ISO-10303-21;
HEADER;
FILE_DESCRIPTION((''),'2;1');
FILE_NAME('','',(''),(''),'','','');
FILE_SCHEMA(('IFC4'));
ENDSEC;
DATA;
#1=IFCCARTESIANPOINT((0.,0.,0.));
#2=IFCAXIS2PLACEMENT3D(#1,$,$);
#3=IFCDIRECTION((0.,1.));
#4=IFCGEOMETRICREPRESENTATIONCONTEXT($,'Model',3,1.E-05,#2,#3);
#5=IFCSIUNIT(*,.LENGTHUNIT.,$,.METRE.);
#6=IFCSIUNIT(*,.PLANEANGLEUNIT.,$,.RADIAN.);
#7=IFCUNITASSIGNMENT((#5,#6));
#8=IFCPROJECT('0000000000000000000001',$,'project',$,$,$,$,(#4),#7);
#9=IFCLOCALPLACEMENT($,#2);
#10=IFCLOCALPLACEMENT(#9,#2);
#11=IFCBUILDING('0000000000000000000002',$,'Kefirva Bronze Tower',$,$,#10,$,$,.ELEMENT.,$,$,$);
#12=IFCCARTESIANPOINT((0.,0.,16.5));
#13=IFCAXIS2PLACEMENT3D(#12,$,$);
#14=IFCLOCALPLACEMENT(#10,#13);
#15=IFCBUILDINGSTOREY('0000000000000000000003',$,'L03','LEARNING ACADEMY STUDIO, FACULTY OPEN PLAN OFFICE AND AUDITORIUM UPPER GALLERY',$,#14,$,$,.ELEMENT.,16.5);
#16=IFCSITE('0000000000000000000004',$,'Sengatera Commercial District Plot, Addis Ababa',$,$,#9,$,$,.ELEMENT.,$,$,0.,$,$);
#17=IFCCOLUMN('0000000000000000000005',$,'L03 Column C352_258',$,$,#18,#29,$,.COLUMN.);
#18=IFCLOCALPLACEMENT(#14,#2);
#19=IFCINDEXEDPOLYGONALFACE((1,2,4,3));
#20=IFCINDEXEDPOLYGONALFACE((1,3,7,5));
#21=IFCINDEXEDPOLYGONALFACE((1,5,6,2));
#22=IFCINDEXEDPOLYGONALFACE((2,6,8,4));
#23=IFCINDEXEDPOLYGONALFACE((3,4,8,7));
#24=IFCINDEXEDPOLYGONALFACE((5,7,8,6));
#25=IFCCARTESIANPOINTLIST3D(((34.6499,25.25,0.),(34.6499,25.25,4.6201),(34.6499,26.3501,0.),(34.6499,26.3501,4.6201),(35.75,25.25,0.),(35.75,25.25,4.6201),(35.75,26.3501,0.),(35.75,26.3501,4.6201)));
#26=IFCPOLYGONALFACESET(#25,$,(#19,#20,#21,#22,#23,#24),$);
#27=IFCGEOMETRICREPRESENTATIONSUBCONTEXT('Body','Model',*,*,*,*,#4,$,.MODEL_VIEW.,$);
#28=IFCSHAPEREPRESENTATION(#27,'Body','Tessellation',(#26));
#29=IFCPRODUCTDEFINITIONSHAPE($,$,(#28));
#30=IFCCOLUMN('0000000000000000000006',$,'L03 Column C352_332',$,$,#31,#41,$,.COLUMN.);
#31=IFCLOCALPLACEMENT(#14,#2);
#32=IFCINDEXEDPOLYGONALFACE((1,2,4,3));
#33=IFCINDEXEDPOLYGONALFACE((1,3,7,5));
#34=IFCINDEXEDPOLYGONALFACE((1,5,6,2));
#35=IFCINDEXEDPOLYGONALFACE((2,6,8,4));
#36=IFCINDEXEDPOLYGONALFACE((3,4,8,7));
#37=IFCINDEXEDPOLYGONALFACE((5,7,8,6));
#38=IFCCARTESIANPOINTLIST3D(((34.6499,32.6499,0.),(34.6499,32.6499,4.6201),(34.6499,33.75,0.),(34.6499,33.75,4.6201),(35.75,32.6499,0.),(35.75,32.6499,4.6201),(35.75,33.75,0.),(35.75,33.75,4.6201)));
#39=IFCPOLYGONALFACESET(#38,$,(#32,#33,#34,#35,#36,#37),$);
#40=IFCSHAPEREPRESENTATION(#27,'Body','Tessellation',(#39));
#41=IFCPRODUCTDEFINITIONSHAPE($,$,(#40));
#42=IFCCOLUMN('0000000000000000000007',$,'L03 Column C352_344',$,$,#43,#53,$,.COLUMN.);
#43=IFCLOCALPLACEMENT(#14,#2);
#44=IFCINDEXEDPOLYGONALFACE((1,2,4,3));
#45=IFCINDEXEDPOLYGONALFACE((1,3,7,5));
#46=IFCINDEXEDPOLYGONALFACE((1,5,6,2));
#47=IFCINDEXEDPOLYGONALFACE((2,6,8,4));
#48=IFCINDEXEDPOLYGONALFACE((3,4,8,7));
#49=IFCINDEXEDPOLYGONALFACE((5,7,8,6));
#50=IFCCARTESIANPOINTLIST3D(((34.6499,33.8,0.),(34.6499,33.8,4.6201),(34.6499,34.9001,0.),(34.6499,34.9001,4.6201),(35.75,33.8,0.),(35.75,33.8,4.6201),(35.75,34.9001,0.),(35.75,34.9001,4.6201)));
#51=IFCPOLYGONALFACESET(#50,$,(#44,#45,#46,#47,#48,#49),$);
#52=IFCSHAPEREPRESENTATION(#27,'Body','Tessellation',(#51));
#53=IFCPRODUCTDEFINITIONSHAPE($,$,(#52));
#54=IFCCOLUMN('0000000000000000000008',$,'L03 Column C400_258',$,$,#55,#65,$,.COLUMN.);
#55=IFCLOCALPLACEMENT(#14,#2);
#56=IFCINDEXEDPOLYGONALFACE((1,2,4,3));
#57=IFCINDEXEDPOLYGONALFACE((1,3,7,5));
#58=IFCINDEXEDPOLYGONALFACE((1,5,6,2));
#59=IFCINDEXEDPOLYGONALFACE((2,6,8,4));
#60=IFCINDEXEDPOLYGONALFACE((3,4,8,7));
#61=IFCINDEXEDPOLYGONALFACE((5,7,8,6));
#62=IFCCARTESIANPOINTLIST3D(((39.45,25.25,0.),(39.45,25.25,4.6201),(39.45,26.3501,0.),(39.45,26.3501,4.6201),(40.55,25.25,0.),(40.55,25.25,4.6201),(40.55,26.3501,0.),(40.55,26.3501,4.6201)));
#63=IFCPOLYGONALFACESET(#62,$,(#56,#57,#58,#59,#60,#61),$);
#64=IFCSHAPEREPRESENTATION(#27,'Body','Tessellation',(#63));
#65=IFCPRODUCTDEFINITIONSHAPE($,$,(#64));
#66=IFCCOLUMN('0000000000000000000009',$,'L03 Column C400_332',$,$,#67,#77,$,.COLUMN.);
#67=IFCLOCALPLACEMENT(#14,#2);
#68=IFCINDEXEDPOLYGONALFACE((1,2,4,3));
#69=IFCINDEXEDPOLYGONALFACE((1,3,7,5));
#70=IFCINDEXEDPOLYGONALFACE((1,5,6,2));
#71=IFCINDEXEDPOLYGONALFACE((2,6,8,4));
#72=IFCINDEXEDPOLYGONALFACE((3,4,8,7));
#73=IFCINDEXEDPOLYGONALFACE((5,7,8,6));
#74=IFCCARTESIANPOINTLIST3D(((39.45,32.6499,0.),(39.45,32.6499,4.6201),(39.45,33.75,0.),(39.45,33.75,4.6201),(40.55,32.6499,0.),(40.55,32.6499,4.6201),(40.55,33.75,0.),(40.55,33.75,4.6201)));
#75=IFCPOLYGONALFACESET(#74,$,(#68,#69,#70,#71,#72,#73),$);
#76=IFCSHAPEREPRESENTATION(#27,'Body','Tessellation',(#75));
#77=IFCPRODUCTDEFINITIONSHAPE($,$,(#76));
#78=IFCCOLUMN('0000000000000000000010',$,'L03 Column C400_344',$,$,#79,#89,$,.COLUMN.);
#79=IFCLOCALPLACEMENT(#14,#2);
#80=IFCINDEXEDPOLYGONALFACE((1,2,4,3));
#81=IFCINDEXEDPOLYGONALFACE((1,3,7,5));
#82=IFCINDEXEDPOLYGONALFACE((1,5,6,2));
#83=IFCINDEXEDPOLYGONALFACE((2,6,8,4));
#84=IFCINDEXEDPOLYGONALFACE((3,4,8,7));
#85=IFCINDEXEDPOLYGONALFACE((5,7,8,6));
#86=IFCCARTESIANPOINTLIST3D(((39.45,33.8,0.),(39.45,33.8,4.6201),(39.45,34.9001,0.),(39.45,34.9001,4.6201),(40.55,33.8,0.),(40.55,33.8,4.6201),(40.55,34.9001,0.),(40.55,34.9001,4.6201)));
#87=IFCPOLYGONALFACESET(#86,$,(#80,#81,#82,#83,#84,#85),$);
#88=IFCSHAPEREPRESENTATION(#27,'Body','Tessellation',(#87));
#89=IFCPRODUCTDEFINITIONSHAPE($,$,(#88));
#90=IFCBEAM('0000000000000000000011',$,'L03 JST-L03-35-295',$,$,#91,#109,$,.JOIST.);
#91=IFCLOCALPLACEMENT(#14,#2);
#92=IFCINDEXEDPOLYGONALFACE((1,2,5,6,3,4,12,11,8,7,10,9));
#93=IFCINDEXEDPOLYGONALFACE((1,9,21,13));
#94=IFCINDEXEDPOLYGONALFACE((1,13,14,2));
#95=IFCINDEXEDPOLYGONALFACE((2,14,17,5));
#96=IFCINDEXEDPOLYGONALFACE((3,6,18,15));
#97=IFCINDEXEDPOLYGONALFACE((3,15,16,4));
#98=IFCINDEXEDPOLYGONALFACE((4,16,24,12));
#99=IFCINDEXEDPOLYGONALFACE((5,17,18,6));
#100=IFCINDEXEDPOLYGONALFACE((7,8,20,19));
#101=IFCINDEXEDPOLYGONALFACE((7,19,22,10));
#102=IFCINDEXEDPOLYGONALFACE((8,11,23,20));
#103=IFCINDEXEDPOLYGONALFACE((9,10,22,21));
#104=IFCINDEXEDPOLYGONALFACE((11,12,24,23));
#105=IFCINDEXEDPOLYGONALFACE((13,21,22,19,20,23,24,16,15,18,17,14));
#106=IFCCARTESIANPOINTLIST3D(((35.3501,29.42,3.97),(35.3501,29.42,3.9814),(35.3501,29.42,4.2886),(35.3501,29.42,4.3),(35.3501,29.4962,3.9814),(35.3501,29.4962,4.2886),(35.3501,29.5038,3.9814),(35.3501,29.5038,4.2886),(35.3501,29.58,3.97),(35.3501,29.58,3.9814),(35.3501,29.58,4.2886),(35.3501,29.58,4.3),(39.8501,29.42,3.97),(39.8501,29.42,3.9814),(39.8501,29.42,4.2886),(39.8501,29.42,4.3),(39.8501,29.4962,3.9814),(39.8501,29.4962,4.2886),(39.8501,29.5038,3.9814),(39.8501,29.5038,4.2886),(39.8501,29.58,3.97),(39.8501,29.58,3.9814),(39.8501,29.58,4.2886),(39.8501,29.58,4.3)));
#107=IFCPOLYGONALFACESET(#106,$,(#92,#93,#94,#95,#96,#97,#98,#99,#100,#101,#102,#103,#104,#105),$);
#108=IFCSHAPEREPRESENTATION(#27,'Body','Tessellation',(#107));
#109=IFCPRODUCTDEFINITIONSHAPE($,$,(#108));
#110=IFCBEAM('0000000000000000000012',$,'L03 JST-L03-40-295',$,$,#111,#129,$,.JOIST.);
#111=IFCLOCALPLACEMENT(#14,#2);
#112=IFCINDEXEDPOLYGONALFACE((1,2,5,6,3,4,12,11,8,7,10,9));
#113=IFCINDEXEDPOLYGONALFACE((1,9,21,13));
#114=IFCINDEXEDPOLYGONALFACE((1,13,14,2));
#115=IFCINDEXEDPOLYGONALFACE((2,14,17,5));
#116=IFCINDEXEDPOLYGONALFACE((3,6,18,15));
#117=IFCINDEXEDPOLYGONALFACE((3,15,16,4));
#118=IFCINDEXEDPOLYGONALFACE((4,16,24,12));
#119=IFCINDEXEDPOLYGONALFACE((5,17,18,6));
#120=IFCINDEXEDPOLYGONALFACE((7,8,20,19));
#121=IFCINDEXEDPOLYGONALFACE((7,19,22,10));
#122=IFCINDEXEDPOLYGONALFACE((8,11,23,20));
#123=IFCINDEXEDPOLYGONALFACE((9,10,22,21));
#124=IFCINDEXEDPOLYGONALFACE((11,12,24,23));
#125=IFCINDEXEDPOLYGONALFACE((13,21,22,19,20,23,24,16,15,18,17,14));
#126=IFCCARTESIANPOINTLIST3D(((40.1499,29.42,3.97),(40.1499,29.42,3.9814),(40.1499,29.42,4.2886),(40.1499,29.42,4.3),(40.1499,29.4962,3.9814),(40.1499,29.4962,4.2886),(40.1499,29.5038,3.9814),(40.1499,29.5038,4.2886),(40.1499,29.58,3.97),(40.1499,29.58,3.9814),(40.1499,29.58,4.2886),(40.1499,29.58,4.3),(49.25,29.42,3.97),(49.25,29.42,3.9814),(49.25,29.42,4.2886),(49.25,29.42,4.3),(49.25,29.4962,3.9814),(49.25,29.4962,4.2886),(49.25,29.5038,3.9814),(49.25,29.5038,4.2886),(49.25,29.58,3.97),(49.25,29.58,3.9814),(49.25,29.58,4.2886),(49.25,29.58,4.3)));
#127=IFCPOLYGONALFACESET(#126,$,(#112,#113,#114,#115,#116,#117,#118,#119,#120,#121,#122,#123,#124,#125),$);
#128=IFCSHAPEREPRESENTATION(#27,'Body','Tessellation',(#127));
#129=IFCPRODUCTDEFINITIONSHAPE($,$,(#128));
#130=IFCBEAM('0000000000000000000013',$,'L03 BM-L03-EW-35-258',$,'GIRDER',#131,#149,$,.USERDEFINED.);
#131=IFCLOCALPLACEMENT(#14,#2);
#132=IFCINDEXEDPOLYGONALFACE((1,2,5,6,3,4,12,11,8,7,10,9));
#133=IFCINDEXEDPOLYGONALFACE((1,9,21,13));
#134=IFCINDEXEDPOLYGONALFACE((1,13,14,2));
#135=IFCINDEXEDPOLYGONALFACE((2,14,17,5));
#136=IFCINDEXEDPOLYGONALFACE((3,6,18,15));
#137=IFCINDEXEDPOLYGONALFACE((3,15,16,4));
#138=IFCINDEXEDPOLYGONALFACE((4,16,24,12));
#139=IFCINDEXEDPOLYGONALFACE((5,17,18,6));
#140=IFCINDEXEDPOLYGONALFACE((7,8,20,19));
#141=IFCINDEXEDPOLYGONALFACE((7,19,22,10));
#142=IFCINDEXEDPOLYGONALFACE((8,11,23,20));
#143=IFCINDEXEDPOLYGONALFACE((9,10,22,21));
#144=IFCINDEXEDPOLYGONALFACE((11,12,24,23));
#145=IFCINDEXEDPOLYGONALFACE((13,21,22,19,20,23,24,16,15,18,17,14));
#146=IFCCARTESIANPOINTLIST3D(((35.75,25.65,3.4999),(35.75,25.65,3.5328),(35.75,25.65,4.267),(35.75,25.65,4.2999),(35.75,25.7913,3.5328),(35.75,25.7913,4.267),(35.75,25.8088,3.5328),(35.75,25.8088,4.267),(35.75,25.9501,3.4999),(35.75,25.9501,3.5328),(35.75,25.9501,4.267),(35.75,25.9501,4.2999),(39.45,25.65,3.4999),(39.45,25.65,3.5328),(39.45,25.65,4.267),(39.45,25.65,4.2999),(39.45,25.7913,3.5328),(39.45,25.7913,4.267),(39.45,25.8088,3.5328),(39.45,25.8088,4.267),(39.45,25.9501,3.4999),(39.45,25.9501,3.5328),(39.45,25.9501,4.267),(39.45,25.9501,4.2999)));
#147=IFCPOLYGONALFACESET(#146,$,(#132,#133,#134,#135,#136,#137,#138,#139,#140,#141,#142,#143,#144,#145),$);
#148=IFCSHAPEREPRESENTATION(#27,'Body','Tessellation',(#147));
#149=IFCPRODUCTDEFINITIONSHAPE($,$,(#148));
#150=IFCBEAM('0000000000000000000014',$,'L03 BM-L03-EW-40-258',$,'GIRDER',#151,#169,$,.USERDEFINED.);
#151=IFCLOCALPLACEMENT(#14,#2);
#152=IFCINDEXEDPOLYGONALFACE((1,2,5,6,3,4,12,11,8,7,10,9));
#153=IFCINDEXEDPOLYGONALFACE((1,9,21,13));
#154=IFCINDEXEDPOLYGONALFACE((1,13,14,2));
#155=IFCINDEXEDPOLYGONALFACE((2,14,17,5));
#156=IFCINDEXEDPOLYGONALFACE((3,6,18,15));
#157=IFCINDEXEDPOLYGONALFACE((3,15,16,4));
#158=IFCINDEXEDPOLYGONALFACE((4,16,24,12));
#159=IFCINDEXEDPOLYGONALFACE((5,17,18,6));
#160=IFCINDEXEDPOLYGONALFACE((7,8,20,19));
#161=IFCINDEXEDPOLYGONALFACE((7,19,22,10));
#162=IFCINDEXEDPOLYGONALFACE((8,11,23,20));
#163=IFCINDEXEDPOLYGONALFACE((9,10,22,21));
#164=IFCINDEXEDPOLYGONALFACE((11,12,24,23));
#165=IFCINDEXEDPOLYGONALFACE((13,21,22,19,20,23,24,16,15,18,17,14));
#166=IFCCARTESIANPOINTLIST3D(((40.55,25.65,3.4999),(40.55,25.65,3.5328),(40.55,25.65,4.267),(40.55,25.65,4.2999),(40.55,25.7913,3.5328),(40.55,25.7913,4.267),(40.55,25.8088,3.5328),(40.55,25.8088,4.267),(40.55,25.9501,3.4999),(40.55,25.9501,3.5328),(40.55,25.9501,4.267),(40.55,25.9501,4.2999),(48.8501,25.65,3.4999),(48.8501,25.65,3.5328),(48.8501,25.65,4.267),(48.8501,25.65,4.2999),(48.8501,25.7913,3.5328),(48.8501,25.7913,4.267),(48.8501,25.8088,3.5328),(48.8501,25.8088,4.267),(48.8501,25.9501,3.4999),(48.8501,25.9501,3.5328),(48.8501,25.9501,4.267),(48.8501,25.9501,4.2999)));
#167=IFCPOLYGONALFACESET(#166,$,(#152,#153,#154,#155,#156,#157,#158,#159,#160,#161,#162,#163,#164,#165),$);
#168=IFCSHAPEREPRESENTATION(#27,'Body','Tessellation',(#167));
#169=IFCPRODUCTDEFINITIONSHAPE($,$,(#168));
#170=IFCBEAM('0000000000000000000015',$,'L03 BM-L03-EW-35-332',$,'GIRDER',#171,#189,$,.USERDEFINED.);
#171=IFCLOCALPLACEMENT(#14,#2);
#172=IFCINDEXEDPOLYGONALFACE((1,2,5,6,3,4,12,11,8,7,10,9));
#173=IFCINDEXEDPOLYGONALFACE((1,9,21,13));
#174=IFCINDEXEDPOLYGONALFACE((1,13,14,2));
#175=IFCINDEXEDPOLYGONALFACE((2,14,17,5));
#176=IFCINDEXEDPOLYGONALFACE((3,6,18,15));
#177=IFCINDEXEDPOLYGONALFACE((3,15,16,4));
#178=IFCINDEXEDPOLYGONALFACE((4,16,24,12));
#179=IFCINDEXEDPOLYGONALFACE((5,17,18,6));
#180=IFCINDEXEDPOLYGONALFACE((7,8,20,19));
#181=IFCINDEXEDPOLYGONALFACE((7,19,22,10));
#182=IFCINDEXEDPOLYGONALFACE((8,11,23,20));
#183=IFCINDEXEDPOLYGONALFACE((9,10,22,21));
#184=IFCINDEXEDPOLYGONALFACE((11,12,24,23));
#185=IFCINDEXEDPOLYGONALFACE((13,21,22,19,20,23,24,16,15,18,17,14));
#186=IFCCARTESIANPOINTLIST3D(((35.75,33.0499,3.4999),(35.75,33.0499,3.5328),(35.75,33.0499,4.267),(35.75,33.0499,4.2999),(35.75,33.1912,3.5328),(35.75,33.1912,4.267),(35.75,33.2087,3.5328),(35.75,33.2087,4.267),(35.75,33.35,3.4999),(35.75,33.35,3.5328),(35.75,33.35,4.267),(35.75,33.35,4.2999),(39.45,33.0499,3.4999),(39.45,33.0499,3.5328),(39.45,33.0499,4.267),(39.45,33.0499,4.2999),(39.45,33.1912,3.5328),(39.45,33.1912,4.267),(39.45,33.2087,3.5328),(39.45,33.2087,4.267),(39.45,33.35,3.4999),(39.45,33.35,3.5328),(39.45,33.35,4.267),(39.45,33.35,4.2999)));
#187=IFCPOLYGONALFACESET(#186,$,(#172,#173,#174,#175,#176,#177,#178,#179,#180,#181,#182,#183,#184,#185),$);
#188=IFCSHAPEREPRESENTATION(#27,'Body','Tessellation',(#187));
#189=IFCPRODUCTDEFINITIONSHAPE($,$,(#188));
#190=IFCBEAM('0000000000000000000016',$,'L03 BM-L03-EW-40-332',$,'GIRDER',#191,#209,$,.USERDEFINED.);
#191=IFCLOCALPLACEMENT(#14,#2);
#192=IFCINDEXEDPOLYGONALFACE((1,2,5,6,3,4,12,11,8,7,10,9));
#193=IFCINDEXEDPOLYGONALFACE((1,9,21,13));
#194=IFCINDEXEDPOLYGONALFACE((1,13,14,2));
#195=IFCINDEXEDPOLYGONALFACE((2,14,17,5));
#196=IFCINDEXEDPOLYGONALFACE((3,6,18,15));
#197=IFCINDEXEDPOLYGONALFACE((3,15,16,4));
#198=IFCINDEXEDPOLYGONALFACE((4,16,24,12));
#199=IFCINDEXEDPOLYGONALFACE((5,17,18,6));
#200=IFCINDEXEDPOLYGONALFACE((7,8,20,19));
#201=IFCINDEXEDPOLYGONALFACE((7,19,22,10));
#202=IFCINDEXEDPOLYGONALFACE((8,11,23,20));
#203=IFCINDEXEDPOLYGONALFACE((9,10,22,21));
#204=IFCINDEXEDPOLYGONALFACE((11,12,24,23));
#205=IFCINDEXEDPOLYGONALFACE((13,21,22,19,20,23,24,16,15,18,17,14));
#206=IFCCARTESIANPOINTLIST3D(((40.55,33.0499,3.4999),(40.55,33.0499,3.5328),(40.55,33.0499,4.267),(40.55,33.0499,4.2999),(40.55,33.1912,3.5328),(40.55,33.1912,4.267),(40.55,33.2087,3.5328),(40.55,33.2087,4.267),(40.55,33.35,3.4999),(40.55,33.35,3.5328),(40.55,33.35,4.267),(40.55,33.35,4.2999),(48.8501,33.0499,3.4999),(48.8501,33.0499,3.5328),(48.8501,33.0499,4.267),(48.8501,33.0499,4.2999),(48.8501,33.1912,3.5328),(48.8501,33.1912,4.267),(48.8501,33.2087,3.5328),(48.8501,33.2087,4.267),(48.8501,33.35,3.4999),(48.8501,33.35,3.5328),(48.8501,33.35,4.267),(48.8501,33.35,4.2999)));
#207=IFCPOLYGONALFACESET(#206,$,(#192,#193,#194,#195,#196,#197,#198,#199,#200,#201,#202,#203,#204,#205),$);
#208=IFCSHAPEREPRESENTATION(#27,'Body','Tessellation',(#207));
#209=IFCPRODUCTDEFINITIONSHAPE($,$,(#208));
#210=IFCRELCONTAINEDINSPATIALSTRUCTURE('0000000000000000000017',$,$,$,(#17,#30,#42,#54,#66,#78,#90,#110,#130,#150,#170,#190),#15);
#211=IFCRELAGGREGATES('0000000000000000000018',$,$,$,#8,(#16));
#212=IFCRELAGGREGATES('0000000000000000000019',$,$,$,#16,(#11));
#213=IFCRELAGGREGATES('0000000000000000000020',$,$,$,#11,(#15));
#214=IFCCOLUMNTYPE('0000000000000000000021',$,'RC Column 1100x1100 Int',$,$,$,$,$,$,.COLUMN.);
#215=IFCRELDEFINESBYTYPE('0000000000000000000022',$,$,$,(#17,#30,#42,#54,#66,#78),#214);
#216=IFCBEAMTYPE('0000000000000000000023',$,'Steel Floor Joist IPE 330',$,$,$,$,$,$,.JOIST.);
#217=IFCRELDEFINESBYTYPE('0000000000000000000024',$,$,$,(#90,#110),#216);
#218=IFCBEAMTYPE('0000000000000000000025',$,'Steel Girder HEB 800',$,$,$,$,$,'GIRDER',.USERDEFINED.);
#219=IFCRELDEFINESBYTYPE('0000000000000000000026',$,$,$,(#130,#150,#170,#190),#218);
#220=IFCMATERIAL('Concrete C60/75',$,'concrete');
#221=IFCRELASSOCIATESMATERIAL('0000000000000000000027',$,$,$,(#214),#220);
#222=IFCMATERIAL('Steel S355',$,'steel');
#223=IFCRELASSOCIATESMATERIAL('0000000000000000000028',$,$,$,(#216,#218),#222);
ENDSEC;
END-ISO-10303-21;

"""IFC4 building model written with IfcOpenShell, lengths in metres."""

from ifc_helpers import new_model, si_unit, direction, frame, origin, origin_2d, place, context, subcontext, project, spatial, rectangle, i_section, extrude, material, material_profile, profile_set, type_object, element, save


model = new_model("IFC4")

# Units and contexts
model_context = context("Model", 3, precision=1e-05, world=origin(), true_north=direction((0.0, 1.0)))
body_context = subcontext(model_context, "Body", "Model", "MODEL_VIEW")
ifc_project = project(units=[si_unit("LENGTHUNIT", "METRE"), si_unit("PLANEANGLEUNIT", "RADIAN")], contexts=[model_context])

# Site, building, storey
site_placement = place(None, origin())
site = spatial("IfcSite", under=ifc_project, at=site_placement, Name="Sengatera Commercial District Plot, Addis Ababa", CompositionType="ELEMENT", RefElevation=0.0)
building_placement = place(site_placement, origin())
building = spatial("IfcBuilding", under=site, at=building_placement, Name="Kefirva Bronze Tower", CompositionType="ELEMENT")
storey_placement = place(building_placement, frame((0.0, 0.0, 16.5)))
storey = spatial("IfcBuildingStorey", under=building, at=storey_placement, Name="L03", Description="LEARNING ACADEMY STUDIO, FACULTY OPEN PLAN OFFICE AND AUDITORIUM UPPER GALLERY", CompositionType="ELEMENT", Elevation=16.5)

# Columns
ifc_material_1 = material(Name="Concrete C60/75", Category="concrete")
ifc_material_profile_1 = material_profile(ifc_material_1, rectangle(XDim=1.1001, YDim=1.1001, at=origin_2d()), Name="RC 1100x1100")
ifc_profile_set_1 = profile_set([ifc_material_profile_1], Name="Concrete C60/75")
column_type = type_object("IfcColumnType", Name="RC Column 1100x1100 Int", PredefinedType="COLUMN", material=ifc_profile_set_1)
for number, where, z_axis, x_axis, name in (
    (1, (35.2, 25.8, 0.0), (0.0, 0.0, 1.0), (1.0, 0.0, 0.0), "L03 Column C352_258"),
    (2, (35.2, 33.2, 0.0), (0.0, 0.0, 1.0), (1.0, 0.0, 0.0), "L03 Column C352_332"),
    (3, (35.2, 34.3501, 0.0), (0.0, 0.0, 1.0), (1.0, 0.0, 0.0), "L03 Column C352_344"),
    (4, (40.0, 25.8, 0.0), (0.0, 0.0, 1.0), (1.0, 0.0, 0.0), "L03 Column C400_258"),
    (5, (40.0, 33.2, 0.0), (0.0, 0.0, 1.0), (1.0, 0.0, 0.0), "L03 Column C400_332"),
    (6, (40.0, 34.3501, 0.0), (0.0, 0.0, 1.0), (1.0, 0.0, 0.0), "L03 Column C400_344"),
):
    element("IfcColumn", number, at=place(storey_placement, frame(where, z_axis=z_axis, x_axis=x_axis)), inside=storey, type_object=column_type, Name=name, PredefinedType="COLUMN", context=body_context, shape_type="SweptSolid", body=[
        extrude(rectangle(XDim=1.1001, YDim=1.1001, at=origin_2d()), origin(), (0.0, 0.0, 1.0), 4.6201),
    ])

# Beams
ifc_material_2 = material(Name="Steel S355", Category="steel")
ifc_material_profile_2 = material_profile(ifc_material_2, i_section(OverallWidth=0.1599, OverallDepth=0.3301, WebThickness=0.0076, FlangeThickness=0.0115, at=origin_2d()), Name="IPE 330")
ifc_profile_set_2 = profile_set([ifc_material_profile_2], Name="Steel S355")
beam_type_1 = type_object("IfcBeamType", Name="Steel Floor Joist IPE 330", PredefinedType="JOIST", material=ifc_profile_set_2)
beam_1_placement = place(storey_placement, frame((35.3501, 29.5, 4.135), z_axis=(1.0, 0.0, 0.0), x_axis=(0.0, 1.0, 0.0)))
element("IfcBeam", 7, at=beam_1_placement, inside=storey, type_object=beam_type_1, Name="L03 JST-L03-35-295", PredefinedType="JOIST", context=body_context, shape_type="SweptSolid", body=[
    extrude(i_section(OverallWidth=0.1599, OverallDepth=0.3301, WebThickness=0.0076, FlangeThickness=0.0115, at=origin_2d()), origin(), (0.0, 0.0, 1.0), 4.5),
])
beam_2_placement = place(storey_placement, frame((40.1499, 29.5, 4.135), z_axis=(1.0, 0.0, 0.0), x_axis=(0.0, 1.0, 0.0)))
element("IfcBeam", 8, at=beam_2_placement, inside=storey, type_object=beam_type_1, Name="L03 JST-L03-40-295", PredefinedType="JOIST", context=body_context, shape_type="SweptSolid", body=[
    extrude(i_section(OverallWidth=0.1599, OverallDepth=0.3301, WebThickness=0.0076, FlangeThickness=0.0115, at=origin_2d()), origin(), (0.0, 0.0, 1.0), 9.1001),
])
ifc_material_profile_3 = material_profile(ifc_material_2, i_section(OverallWidth=0.3, OverallDepth=0.8, WebThickness=0.0176, FlangeThickness=0.033, at=origin_2d()), Name="HEB 800")
ifc_profile_set_3 = profile_set([ifc_material_profile_3], Name="Steel S355")
beam_type_2 = type_object("IfcBeamType", Name="Steel Girder HEB 800", ElementType="GIRDER", PredefinedType="USERDEFINED", material=ifc_profile_set_3)
beam_3_placement = place(storey_placement, frame((35.75, 25.8, 3.8999), z_axis=(1.0, 0.0, 0.0), x_axis=(0.0, 1.0, 0.0)))
element("IfcBeam", 9, at=beam_3_placement, inside=storey, type_object=beam_type_2, Name="L03 BM-L03-EW-35-258", ObjectType="GIRDER", PredefinedType="USERDEFINED", context=body_context, shape_type="SweptSolid", body=[
    extrude(i_section(OverallWidth=0.3, OverallDepth=0.8, WebThickness=0.0176, FlangeThickness=0.033, at=origin_2d()), origin(), (0.0, 0.0, 1.0), 3.7),
])
beam_4_placement = place(storey_placement, frame((40.55, 25.8, 3.8999), z_axis=(1.0, 0.0, 0.0), x_axis=(0.0, 1.0, 0.0)))
element("IfcBeam", 10, at=beam_4_placement, inside=storey, type_object=beam_type_2, Name="L03 BM-L03-EW-40-258", ObjectType="GIRDER", PredefinedType="USERDEFINED", context=body_context, shape_type="SweptSolid", body=[
    extrude(i_section(OverallWidth=0.3, OverallDepth=0.8, WebThickness=0.0176, FlangeThickness=0.033, at=origin_2d()), origin(), (0.0, 0.0, 1.0), 8.3),
])
beam_5_placement = place(storey_placement, frame((35.75, 33.2, 3.8999), z_axis=(1.0, 0.0, 0.0), x_axis=(0.0, 1.0, 0.0)))
element("IfcBeam", 11, at=beam_5_placement, inside=storey, type_object=beam_type_2, Name="L03 BM-L03-EW-35-332", ObjectType="GIRDER", PredefinedType="USERDEFINED", context=body_context, shape_type="SweptSolid", body=[
    extrude(i_section(OverallWidth=0.3, OverallDepth=0.8, WebThickness=0.0176, FlangeThickness=0.033, at=origin_2d()), origin(), (0.0, 0.0, 1.0), 3.7),
])
beam_6_placement = place(storey_placement, frame((40.55, 33.2, 3.8999), z_axis=(1.0, 0.0, 0.0), x_axis=(0.0, 1.0, 0.0)))
element("IfcBeam", 12, at=beam_6_placement, inside=storey, type_object=beam_type_2, Name="L03 BM-L03-EW-40-332", ObjectType="GIRDER", PredefinedType="USERDEFINED", context=body_context, shape_type="SweptSolid", body=[
    extrude(i_section(OverallWidth=0.3, OverallDepth=0.8, WebThickness=0.0176, FlangeThickness=0.033, at=origin_2d()), origin(), (0.0, 0.0, 1.0), 8.3),
])

save(model, "model.ifc")
